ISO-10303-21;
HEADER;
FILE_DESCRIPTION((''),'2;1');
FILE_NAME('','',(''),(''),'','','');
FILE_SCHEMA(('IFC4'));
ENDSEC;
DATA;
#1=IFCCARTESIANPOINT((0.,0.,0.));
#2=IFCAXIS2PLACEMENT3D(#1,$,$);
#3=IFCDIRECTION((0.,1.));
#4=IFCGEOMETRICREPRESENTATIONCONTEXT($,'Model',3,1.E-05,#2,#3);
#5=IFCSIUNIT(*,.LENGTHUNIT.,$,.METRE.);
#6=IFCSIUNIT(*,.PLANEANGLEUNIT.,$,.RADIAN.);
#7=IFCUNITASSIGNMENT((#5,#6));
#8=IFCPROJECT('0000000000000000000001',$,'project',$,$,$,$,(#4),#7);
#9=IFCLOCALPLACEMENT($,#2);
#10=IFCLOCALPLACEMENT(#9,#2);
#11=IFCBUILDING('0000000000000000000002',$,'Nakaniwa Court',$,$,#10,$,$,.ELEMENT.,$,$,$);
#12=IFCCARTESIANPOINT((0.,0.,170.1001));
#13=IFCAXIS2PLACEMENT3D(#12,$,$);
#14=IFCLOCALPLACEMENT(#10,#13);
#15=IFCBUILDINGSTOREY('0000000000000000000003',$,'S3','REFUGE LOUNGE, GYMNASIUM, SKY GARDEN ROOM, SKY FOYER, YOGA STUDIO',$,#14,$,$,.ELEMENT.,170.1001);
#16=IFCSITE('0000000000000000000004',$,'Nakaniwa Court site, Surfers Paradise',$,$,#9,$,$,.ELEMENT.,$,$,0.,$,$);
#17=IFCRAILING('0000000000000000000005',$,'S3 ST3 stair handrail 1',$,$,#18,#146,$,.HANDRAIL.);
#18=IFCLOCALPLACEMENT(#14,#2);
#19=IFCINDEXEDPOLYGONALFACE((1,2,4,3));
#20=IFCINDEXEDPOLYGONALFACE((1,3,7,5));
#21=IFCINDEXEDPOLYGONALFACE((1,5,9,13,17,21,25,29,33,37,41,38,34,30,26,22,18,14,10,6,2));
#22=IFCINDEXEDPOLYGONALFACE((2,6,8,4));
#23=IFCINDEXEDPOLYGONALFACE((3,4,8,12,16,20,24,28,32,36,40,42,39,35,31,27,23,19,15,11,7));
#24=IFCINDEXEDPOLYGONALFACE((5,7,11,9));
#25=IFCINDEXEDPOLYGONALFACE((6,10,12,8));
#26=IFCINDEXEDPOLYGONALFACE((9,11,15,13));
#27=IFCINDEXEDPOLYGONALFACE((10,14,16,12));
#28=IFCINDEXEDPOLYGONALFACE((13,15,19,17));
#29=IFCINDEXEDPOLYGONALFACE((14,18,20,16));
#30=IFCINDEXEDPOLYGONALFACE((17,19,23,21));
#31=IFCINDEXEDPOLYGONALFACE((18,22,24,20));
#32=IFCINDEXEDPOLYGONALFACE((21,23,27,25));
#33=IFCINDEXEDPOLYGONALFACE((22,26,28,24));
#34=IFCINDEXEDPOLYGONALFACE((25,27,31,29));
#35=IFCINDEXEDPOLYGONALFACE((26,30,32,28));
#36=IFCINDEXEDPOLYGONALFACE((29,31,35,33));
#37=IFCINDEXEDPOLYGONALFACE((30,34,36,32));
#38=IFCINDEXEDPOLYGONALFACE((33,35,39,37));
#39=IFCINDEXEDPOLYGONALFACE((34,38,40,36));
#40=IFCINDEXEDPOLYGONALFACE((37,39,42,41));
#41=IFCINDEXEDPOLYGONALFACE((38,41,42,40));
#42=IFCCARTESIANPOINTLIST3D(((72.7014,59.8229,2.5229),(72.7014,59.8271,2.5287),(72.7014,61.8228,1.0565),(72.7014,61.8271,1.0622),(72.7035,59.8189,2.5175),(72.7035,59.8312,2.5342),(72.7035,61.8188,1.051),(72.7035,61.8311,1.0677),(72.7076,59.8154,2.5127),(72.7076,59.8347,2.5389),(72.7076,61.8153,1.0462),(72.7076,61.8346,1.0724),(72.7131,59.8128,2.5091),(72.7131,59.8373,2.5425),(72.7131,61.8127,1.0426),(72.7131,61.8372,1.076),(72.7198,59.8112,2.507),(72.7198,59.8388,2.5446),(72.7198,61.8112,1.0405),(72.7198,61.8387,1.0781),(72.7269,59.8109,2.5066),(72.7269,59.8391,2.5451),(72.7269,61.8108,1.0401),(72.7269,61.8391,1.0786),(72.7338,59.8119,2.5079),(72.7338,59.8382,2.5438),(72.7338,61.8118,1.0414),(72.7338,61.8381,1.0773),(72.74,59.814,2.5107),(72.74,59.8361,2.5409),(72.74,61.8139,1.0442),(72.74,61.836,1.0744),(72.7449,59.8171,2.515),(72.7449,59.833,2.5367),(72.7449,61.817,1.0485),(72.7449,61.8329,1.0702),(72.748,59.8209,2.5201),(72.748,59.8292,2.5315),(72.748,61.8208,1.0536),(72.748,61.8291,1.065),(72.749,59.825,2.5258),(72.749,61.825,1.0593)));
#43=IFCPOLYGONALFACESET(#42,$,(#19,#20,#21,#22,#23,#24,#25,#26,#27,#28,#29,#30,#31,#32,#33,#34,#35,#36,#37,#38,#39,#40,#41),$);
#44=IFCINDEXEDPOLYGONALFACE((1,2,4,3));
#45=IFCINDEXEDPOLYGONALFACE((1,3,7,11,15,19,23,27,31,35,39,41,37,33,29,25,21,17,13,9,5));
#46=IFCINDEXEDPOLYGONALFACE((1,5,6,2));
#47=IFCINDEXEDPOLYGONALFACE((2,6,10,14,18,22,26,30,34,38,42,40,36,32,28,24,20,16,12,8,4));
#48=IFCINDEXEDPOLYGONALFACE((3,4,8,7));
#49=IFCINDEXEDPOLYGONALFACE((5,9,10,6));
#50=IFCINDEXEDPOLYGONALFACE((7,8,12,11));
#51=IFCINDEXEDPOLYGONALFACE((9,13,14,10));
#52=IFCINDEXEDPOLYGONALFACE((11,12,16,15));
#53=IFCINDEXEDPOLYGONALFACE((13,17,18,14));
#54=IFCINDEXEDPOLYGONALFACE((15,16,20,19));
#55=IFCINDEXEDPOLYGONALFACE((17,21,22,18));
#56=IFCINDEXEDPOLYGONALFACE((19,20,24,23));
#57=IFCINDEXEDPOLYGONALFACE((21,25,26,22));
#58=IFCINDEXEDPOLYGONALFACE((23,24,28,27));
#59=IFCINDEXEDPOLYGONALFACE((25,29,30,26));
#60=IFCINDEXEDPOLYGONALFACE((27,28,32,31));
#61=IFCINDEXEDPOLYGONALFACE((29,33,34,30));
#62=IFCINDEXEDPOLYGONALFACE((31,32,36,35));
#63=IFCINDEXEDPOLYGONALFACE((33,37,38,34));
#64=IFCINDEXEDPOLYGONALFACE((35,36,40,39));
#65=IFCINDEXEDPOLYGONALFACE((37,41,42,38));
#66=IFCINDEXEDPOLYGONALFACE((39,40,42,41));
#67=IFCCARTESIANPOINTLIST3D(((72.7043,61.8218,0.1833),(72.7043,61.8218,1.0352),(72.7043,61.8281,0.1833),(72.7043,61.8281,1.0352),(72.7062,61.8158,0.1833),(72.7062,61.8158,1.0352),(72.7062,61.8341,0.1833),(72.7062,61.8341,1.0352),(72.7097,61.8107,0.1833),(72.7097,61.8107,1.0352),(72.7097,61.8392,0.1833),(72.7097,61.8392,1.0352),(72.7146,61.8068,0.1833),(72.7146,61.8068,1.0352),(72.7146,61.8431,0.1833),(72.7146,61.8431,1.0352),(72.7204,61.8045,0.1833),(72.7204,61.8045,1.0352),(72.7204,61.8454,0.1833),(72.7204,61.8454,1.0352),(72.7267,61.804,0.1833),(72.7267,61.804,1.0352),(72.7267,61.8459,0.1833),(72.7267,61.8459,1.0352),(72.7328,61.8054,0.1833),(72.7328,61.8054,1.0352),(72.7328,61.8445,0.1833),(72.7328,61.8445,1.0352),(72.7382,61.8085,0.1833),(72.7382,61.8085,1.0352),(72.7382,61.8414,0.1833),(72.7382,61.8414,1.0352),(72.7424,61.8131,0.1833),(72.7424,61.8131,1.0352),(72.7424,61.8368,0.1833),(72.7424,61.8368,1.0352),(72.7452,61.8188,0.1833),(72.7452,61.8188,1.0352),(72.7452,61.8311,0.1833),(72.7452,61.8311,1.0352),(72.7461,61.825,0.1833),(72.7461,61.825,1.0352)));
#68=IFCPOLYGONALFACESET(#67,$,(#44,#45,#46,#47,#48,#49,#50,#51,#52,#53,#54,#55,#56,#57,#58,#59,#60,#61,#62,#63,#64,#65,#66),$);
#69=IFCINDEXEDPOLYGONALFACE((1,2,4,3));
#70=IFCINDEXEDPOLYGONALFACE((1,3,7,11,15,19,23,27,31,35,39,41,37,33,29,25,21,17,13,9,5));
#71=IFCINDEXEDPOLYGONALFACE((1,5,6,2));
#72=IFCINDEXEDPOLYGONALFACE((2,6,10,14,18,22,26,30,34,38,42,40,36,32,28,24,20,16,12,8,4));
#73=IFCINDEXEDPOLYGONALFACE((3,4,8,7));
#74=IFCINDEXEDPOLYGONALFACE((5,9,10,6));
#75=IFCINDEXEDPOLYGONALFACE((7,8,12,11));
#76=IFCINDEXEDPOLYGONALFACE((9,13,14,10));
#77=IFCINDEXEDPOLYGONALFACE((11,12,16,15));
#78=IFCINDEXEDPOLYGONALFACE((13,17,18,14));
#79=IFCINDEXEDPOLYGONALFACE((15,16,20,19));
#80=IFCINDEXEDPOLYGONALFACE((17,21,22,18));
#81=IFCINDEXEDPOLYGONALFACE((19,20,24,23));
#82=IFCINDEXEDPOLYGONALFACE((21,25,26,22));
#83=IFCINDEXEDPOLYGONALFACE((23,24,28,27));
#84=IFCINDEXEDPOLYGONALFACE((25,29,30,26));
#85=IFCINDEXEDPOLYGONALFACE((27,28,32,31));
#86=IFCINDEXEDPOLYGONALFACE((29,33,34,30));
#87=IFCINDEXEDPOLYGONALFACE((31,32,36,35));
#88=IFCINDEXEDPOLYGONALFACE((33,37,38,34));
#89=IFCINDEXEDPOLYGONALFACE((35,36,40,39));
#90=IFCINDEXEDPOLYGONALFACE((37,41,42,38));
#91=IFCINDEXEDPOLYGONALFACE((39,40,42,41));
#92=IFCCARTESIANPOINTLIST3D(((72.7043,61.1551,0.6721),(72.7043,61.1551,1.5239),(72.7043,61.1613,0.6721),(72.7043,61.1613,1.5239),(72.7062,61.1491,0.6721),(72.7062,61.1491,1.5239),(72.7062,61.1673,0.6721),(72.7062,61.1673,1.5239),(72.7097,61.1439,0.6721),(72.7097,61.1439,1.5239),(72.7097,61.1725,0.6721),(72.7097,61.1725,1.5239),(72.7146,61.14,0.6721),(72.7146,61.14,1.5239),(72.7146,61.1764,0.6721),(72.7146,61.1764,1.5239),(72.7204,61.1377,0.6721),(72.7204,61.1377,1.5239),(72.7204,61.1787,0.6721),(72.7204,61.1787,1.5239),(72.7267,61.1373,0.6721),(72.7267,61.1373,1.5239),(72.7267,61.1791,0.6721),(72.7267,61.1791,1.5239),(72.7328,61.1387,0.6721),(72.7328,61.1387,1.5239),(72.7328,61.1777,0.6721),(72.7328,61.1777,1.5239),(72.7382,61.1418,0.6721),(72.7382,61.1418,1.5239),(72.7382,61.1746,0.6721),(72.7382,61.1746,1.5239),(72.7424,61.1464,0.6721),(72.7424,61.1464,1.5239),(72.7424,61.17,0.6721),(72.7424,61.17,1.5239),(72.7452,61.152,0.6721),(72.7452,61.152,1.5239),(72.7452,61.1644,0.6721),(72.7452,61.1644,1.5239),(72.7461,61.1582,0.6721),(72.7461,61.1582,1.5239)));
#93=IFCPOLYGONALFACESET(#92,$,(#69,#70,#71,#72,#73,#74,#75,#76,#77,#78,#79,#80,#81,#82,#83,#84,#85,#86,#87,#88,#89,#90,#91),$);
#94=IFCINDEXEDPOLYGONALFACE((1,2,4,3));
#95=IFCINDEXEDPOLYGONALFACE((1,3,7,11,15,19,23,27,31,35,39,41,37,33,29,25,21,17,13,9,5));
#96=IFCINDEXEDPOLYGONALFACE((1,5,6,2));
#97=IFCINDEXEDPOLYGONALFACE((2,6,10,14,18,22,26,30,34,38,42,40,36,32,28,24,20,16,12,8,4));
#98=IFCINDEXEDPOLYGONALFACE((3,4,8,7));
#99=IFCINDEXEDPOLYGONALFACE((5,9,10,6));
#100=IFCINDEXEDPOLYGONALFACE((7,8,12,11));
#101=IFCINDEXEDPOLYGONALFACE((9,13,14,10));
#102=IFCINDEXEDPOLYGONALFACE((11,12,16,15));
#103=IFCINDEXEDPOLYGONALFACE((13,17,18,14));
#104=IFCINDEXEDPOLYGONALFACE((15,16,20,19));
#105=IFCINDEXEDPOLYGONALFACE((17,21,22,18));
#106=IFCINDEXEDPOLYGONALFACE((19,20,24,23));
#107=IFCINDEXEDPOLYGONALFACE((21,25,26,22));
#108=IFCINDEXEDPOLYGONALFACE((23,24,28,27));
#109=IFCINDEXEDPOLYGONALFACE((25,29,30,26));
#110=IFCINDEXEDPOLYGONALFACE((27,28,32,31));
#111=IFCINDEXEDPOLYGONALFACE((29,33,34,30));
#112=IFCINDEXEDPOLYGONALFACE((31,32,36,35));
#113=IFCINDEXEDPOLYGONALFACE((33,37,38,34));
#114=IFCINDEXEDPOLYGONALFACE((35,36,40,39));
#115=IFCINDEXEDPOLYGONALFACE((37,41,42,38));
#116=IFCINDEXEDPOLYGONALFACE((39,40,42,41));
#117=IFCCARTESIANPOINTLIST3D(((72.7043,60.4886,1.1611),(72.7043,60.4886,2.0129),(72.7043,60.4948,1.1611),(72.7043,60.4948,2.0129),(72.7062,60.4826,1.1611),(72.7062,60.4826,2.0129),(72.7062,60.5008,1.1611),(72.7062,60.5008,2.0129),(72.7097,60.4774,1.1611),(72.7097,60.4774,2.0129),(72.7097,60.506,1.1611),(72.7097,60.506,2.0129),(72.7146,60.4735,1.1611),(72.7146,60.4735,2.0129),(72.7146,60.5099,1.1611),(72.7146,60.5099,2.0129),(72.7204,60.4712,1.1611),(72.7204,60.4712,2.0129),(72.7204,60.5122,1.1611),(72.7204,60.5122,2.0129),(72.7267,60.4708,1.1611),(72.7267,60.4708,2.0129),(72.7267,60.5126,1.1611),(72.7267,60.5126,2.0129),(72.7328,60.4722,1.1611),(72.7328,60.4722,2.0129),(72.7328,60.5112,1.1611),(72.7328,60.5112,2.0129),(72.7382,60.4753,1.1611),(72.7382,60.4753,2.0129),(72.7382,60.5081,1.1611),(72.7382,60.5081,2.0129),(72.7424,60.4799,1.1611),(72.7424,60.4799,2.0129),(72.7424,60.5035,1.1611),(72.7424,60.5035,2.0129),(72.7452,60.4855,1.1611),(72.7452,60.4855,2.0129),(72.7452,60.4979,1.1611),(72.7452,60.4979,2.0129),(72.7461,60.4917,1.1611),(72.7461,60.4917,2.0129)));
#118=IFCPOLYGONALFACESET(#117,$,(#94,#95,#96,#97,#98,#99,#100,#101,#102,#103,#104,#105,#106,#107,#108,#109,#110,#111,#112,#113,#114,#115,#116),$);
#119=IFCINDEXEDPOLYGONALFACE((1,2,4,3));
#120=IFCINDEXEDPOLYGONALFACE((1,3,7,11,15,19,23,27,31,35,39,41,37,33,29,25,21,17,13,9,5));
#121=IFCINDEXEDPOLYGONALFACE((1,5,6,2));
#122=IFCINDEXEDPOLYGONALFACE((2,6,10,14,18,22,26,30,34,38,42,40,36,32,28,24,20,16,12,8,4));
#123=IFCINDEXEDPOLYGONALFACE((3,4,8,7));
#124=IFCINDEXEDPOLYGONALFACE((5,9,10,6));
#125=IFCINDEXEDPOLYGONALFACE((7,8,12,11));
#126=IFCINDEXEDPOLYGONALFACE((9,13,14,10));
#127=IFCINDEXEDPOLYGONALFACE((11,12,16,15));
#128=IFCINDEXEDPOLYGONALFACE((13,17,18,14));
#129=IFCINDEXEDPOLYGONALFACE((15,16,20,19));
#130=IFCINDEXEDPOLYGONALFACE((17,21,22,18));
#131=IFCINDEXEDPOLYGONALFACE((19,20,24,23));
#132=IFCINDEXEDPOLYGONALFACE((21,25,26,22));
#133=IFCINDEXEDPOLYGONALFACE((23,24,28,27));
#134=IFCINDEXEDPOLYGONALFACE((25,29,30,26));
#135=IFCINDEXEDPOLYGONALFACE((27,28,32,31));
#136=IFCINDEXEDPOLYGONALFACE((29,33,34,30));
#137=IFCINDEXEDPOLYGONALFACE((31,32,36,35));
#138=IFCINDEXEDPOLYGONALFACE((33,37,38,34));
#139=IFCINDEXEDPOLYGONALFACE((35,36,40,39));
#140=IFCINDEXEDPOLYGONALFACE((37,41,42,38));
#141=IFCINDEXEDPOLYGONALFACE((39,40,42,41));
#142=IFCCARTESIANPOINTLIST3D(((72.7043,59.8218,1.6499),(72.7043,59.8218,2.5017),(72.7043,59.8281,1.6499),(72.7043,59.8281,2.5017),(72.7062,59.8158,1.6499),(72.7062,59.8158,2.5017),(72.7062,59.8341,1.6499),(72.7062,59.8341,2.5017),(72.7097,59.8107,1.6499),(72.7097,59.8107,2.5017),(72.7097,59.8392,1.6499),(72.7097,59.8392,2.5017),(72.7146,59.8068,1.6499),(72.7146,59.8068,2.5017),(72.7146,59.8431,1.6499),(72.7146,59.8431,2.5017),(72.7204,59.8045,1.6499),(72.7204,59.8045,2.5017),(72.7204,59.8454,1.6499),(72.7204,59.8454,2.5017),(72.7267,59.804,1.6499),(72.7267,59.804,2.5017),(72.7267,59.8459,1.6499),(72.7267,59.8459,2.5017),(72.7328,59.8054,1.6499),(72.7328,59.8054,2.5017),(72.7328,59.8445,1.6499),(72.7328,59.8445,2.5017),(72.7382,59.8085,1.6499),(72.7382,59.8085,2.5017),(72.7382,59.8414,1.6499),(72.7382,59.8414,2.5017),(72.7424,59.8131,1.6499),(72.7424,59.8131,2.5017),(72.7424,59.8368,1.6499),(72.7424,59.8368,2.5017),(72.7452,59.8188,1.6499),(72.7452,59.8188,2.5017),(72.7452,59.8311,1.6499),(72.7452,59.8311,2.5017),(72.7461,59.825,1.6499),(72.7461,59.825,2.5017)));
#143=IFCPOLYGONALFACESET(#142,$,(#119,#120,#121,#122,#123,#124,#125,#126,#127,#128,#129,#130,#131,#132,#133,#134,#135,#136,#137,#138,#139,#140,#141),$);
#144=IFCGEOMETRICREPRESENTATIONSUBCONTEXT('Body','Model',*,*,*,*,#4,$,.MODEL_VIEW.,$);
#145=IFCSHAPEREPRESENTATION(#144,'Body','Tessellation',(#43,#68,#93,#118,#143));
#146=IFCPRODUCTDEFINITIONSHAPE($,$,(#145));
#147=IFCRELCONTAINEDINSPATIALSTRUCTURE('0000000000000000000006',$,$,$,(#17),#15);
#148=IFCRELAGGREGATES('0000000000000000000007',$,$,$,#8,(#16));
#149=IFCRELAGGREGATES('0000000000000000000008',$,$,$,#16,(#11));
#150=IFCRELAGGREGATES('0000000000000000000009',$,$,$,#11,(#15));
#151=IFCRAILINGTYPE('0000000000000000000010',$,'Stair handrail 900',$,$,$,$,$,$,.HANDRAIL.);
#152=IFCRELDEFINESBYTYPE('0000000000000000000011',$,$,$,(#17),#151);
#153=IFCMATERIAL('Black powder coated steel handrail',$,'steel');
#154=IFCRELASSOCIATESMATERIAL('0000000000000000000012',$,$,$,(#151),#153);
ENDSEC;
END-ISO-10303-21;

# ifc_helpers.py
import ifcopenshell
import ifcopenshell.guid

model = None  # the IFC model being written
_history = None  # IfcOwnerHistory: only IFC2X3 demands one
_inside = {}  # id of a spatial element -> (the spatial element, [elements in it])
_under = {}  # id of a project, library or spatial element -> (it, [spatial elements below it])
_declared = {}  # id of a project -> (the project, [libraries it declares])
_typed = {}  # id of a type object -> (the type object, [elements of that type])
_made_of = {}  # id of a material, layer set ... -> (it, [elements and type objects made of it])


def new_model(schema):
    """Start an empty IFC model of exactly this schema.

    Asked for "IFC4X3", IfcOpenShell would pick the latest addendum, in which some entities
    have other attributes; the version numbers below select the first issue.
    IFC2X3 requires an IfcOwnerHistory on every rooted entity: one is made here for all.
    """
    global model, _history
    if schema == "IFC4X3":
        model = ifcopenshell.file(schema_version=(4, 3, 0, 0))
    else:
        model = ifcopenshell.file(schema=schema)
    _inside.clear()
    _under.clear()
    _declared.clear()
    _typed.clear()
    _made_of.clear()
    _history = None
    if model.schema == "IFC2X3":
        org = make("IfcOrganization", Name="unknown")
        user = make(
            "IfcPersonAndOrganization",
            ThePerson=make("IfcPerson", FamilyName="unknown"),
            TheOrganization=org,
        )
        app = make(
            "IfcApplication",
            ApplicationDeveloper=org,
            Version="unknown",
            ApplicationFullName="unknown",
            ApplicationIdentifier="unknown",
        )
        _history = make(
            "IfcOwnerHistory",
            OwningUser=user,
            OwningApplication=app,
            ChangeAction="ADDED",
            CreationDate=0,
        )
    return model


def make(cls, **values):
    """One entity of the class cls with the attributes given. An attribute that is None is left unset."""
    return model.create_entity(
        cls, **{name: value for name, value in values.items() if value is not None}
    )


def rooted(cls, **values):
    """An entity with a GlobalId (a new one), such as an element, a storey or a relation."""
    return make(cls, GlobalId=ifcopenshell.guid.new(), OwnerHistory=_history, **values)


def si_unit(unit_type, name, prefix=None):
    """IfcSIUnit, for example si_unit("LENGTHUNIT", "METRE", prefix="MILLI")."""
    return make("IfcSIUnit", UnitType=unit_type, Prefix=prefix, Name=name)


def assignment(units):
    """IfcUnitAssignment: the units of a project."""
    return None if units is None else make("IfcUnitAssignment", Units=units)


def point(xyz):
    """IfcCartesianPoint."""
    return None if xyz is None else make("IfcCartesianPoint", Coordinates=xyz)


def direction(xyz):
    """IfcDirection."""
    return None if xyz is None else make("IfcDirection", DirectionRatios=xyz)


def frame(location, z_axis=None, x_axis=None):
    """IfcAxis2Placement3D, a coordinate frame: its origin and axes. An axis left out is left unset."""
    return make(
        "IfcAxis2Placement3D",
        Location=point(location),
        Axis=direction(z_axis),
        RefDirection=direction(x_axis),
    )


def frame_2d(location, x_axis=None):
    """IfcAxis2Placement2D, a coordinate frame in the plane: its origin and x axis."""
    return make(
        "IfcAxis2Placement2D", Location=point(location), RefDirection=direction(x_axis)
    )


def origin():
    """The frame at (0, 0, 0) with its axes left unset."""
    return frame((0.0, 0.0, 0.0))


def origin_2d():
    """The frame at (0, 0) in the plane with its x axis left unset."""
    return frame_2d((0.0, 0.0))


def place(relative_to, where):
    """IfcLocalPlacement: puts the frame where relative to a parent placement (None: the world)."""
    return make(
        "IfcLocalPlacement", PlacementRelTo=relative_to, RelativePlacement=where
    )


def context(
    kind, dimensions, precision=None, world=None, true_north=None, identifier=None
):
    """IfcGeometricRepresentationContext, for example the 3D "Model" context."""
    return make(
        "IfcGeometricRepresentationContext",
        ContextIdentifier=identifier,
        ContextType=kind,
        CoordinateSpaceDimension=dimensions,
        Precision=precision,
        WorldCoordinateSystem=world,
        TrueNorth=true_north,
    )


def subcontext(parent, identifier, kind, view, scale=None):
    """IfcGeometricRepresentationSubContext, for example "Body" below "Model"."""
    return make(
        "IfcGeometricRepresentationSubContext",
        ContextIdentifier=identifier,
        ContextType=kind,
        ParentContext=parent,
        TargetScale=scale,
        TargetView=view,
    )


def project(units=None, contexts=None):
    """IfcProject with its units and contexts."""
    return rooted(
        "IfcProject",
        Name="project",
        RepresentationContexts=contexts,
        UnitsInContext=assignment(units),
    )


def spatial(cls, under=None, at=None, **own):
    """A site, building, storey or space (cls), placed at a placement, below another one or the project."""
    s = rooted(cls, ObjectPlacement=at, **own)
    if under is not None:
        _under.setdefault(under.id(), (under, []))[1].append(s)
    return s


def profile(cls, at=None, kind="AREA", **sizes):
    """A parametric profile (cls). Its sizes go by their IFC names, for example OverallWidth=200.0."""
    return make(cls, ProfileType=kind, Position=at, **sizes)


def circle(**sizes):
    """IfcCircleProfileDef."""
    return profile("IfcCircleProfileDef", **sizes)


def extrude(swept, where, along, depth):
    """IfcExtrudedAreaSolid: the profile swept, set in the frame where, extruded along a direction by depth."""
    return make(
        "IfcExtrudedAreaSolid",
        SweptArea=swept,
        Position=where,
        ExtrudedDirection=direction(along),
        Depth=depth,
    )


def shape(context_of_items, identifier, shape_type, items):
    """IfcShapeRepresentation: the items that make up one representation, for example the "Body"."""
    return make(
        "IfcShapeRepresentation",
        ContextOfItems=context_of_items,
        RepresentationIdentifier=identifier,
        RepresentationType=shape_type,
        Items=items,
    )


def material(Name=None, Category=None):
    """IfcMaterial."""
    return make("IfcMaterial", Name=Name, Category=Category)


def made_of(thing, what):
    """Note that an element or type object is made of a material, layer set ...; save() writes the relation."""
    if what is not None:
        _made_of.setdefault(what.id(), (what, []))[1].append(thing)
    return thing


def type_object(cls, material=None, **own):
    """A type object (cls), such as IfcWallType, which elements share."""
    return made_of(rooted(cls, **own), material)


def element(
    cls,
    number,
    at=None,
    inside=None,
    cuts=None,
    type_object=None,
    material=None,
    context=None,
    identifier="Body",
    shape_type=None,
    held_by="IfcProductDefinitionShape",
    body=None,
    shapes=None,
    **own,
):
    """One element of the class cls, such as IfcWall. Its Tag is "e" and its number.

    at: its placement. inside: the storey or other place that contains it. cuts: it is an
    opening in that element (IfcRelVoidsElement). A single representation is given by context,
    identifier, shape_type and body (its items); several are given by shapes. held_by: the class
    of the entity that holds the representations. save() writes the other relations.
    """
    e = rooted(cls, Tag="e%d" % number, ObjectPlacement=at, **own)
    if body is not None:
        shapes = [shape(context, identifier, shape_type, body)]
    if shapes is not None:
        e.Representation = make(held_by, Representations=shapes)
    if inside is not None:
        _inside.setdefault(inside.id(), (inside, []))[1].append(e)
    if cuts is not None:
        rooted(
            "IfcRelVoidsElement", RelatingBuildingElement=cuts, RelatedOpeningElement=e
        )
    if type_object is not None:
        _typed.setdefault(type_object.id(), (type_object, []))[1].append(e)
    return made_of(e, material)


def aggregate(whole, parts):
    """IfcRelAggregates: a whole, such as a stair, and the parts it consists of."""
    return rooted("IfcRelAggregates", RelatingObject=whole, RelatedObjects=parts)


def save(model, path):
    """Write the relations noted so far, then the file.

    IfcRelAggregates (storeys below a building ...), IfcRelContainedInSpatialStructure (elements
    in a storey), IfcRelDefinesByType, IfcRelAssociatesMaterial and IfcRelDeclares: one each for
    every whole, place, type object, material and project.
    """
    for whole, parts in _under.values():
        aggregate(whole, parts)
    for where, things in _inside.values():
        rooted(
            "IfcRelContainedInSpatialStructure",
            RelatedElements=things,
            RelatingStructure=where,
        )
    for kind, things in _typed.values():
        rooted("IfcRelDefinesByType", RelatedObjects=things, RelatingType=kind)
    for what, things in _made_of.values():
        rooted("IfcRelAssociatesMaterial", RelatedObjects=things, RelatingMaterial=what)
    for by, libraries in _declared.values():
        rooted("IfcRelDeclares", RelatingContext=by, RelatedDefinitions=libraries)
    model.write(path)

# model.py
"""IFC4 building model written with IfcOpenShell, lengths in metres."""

from ifc_helpers import new_model, si_unit, direction, frame, origin, origin_2d, place, context, subcontext, project, spatial, circle, extrude, material, type_object, element, save


model = new_model("IFC4")

# Units and contexts
model_context = context("Model", 3, precision=1e-05, world=origin(), true_north=direction((0.0, 1.0)))
body_context = subcontext(model_context, "Body", "Model", "MODEL_VIEW")
ifc_project = project(units=[si_unit("LENGTHUNIT", "METRE"), si_unit("PLANEANGLEUNIT", "RADIAN")], contexts=[model_context])

# Site, building, storey
site_placement = place(None, origin())
site = spatial("IfcSite", under=ifc_project, at=site_placement, Name="Nakaniwa Court site, Surfers Paradise", CompositionType="ELEMENT", RefElevation=0.0)
building_placement = place(site_placement, origin())
building = spatial("IfcBuilding", under=site, at=building_placement, Name="Nakaniwa Court", CompositionType="ELEMENT")
storey_placement = place(building_placement, frame((0.0, 0.0, 170.1001)))
storey = spatial("IfcBuildingStorey", under=building, at=storey_placement, Name="S3", Description="REFUGE LOUNGE, GYMNASIUM, SKY GARDEN ROOM, SKY FOYER, YOGA STUDIO", CompositionType="ELEMENT", Elevation=170.1001)

# Railing
ifc_material_1 = material(Name="Black powder coated steel handrail", Category="steel")
railing_type_1 = type_object("IfcRailingType", Name="Stair handrail 900", PredefinedType="HANDRAIL", material=ifc_material_1)
railing_1_placement = place(storey_placement, frame((72.7251, 61.825, 0.1833)))
element("IfcRailing", 1, at=railing_1_placement, inside=storey, type_object=railing_type_1, Name="S3 ST3 stair handrail 1", PredefinedType="HANDRAIL", context=body_context, shape_type="SweptSolid", body=[
    extrude(circle(Radius=0.0239, at=origin_2d()), frame((0.0, 0.0, 0.876), z_axis=(0.0, -0.806427, 0.591334), x_axis=(1.0, 0.0, 0.0)), (0.0, 0.0, 1.0), 2.48),
    extrude(circle(Radius=0.021, at=origin_2d()), origin(), (0.0, 0.0, 1.0), 0.8518),
    extrude(circle(Radius=0.021, at=origin_2d()), frame((0.0, -0.6667, 0.4888)), (0.0, 0.0, 1.0), 0.8518),
    extrude(circle(Radius=0.021, at=origin_2d()), frame((0.0, -1.3333, 0.9778)), (0.0, 0.0, 1.0), 0.8518),
    extrude(circle(Radius=0.021, at=origin_2d()), frame((0.0, -2.0, 1.4666)), (0.0, 0.0, 1.0), 0.8518),
])

save(model, "model.ifc")
